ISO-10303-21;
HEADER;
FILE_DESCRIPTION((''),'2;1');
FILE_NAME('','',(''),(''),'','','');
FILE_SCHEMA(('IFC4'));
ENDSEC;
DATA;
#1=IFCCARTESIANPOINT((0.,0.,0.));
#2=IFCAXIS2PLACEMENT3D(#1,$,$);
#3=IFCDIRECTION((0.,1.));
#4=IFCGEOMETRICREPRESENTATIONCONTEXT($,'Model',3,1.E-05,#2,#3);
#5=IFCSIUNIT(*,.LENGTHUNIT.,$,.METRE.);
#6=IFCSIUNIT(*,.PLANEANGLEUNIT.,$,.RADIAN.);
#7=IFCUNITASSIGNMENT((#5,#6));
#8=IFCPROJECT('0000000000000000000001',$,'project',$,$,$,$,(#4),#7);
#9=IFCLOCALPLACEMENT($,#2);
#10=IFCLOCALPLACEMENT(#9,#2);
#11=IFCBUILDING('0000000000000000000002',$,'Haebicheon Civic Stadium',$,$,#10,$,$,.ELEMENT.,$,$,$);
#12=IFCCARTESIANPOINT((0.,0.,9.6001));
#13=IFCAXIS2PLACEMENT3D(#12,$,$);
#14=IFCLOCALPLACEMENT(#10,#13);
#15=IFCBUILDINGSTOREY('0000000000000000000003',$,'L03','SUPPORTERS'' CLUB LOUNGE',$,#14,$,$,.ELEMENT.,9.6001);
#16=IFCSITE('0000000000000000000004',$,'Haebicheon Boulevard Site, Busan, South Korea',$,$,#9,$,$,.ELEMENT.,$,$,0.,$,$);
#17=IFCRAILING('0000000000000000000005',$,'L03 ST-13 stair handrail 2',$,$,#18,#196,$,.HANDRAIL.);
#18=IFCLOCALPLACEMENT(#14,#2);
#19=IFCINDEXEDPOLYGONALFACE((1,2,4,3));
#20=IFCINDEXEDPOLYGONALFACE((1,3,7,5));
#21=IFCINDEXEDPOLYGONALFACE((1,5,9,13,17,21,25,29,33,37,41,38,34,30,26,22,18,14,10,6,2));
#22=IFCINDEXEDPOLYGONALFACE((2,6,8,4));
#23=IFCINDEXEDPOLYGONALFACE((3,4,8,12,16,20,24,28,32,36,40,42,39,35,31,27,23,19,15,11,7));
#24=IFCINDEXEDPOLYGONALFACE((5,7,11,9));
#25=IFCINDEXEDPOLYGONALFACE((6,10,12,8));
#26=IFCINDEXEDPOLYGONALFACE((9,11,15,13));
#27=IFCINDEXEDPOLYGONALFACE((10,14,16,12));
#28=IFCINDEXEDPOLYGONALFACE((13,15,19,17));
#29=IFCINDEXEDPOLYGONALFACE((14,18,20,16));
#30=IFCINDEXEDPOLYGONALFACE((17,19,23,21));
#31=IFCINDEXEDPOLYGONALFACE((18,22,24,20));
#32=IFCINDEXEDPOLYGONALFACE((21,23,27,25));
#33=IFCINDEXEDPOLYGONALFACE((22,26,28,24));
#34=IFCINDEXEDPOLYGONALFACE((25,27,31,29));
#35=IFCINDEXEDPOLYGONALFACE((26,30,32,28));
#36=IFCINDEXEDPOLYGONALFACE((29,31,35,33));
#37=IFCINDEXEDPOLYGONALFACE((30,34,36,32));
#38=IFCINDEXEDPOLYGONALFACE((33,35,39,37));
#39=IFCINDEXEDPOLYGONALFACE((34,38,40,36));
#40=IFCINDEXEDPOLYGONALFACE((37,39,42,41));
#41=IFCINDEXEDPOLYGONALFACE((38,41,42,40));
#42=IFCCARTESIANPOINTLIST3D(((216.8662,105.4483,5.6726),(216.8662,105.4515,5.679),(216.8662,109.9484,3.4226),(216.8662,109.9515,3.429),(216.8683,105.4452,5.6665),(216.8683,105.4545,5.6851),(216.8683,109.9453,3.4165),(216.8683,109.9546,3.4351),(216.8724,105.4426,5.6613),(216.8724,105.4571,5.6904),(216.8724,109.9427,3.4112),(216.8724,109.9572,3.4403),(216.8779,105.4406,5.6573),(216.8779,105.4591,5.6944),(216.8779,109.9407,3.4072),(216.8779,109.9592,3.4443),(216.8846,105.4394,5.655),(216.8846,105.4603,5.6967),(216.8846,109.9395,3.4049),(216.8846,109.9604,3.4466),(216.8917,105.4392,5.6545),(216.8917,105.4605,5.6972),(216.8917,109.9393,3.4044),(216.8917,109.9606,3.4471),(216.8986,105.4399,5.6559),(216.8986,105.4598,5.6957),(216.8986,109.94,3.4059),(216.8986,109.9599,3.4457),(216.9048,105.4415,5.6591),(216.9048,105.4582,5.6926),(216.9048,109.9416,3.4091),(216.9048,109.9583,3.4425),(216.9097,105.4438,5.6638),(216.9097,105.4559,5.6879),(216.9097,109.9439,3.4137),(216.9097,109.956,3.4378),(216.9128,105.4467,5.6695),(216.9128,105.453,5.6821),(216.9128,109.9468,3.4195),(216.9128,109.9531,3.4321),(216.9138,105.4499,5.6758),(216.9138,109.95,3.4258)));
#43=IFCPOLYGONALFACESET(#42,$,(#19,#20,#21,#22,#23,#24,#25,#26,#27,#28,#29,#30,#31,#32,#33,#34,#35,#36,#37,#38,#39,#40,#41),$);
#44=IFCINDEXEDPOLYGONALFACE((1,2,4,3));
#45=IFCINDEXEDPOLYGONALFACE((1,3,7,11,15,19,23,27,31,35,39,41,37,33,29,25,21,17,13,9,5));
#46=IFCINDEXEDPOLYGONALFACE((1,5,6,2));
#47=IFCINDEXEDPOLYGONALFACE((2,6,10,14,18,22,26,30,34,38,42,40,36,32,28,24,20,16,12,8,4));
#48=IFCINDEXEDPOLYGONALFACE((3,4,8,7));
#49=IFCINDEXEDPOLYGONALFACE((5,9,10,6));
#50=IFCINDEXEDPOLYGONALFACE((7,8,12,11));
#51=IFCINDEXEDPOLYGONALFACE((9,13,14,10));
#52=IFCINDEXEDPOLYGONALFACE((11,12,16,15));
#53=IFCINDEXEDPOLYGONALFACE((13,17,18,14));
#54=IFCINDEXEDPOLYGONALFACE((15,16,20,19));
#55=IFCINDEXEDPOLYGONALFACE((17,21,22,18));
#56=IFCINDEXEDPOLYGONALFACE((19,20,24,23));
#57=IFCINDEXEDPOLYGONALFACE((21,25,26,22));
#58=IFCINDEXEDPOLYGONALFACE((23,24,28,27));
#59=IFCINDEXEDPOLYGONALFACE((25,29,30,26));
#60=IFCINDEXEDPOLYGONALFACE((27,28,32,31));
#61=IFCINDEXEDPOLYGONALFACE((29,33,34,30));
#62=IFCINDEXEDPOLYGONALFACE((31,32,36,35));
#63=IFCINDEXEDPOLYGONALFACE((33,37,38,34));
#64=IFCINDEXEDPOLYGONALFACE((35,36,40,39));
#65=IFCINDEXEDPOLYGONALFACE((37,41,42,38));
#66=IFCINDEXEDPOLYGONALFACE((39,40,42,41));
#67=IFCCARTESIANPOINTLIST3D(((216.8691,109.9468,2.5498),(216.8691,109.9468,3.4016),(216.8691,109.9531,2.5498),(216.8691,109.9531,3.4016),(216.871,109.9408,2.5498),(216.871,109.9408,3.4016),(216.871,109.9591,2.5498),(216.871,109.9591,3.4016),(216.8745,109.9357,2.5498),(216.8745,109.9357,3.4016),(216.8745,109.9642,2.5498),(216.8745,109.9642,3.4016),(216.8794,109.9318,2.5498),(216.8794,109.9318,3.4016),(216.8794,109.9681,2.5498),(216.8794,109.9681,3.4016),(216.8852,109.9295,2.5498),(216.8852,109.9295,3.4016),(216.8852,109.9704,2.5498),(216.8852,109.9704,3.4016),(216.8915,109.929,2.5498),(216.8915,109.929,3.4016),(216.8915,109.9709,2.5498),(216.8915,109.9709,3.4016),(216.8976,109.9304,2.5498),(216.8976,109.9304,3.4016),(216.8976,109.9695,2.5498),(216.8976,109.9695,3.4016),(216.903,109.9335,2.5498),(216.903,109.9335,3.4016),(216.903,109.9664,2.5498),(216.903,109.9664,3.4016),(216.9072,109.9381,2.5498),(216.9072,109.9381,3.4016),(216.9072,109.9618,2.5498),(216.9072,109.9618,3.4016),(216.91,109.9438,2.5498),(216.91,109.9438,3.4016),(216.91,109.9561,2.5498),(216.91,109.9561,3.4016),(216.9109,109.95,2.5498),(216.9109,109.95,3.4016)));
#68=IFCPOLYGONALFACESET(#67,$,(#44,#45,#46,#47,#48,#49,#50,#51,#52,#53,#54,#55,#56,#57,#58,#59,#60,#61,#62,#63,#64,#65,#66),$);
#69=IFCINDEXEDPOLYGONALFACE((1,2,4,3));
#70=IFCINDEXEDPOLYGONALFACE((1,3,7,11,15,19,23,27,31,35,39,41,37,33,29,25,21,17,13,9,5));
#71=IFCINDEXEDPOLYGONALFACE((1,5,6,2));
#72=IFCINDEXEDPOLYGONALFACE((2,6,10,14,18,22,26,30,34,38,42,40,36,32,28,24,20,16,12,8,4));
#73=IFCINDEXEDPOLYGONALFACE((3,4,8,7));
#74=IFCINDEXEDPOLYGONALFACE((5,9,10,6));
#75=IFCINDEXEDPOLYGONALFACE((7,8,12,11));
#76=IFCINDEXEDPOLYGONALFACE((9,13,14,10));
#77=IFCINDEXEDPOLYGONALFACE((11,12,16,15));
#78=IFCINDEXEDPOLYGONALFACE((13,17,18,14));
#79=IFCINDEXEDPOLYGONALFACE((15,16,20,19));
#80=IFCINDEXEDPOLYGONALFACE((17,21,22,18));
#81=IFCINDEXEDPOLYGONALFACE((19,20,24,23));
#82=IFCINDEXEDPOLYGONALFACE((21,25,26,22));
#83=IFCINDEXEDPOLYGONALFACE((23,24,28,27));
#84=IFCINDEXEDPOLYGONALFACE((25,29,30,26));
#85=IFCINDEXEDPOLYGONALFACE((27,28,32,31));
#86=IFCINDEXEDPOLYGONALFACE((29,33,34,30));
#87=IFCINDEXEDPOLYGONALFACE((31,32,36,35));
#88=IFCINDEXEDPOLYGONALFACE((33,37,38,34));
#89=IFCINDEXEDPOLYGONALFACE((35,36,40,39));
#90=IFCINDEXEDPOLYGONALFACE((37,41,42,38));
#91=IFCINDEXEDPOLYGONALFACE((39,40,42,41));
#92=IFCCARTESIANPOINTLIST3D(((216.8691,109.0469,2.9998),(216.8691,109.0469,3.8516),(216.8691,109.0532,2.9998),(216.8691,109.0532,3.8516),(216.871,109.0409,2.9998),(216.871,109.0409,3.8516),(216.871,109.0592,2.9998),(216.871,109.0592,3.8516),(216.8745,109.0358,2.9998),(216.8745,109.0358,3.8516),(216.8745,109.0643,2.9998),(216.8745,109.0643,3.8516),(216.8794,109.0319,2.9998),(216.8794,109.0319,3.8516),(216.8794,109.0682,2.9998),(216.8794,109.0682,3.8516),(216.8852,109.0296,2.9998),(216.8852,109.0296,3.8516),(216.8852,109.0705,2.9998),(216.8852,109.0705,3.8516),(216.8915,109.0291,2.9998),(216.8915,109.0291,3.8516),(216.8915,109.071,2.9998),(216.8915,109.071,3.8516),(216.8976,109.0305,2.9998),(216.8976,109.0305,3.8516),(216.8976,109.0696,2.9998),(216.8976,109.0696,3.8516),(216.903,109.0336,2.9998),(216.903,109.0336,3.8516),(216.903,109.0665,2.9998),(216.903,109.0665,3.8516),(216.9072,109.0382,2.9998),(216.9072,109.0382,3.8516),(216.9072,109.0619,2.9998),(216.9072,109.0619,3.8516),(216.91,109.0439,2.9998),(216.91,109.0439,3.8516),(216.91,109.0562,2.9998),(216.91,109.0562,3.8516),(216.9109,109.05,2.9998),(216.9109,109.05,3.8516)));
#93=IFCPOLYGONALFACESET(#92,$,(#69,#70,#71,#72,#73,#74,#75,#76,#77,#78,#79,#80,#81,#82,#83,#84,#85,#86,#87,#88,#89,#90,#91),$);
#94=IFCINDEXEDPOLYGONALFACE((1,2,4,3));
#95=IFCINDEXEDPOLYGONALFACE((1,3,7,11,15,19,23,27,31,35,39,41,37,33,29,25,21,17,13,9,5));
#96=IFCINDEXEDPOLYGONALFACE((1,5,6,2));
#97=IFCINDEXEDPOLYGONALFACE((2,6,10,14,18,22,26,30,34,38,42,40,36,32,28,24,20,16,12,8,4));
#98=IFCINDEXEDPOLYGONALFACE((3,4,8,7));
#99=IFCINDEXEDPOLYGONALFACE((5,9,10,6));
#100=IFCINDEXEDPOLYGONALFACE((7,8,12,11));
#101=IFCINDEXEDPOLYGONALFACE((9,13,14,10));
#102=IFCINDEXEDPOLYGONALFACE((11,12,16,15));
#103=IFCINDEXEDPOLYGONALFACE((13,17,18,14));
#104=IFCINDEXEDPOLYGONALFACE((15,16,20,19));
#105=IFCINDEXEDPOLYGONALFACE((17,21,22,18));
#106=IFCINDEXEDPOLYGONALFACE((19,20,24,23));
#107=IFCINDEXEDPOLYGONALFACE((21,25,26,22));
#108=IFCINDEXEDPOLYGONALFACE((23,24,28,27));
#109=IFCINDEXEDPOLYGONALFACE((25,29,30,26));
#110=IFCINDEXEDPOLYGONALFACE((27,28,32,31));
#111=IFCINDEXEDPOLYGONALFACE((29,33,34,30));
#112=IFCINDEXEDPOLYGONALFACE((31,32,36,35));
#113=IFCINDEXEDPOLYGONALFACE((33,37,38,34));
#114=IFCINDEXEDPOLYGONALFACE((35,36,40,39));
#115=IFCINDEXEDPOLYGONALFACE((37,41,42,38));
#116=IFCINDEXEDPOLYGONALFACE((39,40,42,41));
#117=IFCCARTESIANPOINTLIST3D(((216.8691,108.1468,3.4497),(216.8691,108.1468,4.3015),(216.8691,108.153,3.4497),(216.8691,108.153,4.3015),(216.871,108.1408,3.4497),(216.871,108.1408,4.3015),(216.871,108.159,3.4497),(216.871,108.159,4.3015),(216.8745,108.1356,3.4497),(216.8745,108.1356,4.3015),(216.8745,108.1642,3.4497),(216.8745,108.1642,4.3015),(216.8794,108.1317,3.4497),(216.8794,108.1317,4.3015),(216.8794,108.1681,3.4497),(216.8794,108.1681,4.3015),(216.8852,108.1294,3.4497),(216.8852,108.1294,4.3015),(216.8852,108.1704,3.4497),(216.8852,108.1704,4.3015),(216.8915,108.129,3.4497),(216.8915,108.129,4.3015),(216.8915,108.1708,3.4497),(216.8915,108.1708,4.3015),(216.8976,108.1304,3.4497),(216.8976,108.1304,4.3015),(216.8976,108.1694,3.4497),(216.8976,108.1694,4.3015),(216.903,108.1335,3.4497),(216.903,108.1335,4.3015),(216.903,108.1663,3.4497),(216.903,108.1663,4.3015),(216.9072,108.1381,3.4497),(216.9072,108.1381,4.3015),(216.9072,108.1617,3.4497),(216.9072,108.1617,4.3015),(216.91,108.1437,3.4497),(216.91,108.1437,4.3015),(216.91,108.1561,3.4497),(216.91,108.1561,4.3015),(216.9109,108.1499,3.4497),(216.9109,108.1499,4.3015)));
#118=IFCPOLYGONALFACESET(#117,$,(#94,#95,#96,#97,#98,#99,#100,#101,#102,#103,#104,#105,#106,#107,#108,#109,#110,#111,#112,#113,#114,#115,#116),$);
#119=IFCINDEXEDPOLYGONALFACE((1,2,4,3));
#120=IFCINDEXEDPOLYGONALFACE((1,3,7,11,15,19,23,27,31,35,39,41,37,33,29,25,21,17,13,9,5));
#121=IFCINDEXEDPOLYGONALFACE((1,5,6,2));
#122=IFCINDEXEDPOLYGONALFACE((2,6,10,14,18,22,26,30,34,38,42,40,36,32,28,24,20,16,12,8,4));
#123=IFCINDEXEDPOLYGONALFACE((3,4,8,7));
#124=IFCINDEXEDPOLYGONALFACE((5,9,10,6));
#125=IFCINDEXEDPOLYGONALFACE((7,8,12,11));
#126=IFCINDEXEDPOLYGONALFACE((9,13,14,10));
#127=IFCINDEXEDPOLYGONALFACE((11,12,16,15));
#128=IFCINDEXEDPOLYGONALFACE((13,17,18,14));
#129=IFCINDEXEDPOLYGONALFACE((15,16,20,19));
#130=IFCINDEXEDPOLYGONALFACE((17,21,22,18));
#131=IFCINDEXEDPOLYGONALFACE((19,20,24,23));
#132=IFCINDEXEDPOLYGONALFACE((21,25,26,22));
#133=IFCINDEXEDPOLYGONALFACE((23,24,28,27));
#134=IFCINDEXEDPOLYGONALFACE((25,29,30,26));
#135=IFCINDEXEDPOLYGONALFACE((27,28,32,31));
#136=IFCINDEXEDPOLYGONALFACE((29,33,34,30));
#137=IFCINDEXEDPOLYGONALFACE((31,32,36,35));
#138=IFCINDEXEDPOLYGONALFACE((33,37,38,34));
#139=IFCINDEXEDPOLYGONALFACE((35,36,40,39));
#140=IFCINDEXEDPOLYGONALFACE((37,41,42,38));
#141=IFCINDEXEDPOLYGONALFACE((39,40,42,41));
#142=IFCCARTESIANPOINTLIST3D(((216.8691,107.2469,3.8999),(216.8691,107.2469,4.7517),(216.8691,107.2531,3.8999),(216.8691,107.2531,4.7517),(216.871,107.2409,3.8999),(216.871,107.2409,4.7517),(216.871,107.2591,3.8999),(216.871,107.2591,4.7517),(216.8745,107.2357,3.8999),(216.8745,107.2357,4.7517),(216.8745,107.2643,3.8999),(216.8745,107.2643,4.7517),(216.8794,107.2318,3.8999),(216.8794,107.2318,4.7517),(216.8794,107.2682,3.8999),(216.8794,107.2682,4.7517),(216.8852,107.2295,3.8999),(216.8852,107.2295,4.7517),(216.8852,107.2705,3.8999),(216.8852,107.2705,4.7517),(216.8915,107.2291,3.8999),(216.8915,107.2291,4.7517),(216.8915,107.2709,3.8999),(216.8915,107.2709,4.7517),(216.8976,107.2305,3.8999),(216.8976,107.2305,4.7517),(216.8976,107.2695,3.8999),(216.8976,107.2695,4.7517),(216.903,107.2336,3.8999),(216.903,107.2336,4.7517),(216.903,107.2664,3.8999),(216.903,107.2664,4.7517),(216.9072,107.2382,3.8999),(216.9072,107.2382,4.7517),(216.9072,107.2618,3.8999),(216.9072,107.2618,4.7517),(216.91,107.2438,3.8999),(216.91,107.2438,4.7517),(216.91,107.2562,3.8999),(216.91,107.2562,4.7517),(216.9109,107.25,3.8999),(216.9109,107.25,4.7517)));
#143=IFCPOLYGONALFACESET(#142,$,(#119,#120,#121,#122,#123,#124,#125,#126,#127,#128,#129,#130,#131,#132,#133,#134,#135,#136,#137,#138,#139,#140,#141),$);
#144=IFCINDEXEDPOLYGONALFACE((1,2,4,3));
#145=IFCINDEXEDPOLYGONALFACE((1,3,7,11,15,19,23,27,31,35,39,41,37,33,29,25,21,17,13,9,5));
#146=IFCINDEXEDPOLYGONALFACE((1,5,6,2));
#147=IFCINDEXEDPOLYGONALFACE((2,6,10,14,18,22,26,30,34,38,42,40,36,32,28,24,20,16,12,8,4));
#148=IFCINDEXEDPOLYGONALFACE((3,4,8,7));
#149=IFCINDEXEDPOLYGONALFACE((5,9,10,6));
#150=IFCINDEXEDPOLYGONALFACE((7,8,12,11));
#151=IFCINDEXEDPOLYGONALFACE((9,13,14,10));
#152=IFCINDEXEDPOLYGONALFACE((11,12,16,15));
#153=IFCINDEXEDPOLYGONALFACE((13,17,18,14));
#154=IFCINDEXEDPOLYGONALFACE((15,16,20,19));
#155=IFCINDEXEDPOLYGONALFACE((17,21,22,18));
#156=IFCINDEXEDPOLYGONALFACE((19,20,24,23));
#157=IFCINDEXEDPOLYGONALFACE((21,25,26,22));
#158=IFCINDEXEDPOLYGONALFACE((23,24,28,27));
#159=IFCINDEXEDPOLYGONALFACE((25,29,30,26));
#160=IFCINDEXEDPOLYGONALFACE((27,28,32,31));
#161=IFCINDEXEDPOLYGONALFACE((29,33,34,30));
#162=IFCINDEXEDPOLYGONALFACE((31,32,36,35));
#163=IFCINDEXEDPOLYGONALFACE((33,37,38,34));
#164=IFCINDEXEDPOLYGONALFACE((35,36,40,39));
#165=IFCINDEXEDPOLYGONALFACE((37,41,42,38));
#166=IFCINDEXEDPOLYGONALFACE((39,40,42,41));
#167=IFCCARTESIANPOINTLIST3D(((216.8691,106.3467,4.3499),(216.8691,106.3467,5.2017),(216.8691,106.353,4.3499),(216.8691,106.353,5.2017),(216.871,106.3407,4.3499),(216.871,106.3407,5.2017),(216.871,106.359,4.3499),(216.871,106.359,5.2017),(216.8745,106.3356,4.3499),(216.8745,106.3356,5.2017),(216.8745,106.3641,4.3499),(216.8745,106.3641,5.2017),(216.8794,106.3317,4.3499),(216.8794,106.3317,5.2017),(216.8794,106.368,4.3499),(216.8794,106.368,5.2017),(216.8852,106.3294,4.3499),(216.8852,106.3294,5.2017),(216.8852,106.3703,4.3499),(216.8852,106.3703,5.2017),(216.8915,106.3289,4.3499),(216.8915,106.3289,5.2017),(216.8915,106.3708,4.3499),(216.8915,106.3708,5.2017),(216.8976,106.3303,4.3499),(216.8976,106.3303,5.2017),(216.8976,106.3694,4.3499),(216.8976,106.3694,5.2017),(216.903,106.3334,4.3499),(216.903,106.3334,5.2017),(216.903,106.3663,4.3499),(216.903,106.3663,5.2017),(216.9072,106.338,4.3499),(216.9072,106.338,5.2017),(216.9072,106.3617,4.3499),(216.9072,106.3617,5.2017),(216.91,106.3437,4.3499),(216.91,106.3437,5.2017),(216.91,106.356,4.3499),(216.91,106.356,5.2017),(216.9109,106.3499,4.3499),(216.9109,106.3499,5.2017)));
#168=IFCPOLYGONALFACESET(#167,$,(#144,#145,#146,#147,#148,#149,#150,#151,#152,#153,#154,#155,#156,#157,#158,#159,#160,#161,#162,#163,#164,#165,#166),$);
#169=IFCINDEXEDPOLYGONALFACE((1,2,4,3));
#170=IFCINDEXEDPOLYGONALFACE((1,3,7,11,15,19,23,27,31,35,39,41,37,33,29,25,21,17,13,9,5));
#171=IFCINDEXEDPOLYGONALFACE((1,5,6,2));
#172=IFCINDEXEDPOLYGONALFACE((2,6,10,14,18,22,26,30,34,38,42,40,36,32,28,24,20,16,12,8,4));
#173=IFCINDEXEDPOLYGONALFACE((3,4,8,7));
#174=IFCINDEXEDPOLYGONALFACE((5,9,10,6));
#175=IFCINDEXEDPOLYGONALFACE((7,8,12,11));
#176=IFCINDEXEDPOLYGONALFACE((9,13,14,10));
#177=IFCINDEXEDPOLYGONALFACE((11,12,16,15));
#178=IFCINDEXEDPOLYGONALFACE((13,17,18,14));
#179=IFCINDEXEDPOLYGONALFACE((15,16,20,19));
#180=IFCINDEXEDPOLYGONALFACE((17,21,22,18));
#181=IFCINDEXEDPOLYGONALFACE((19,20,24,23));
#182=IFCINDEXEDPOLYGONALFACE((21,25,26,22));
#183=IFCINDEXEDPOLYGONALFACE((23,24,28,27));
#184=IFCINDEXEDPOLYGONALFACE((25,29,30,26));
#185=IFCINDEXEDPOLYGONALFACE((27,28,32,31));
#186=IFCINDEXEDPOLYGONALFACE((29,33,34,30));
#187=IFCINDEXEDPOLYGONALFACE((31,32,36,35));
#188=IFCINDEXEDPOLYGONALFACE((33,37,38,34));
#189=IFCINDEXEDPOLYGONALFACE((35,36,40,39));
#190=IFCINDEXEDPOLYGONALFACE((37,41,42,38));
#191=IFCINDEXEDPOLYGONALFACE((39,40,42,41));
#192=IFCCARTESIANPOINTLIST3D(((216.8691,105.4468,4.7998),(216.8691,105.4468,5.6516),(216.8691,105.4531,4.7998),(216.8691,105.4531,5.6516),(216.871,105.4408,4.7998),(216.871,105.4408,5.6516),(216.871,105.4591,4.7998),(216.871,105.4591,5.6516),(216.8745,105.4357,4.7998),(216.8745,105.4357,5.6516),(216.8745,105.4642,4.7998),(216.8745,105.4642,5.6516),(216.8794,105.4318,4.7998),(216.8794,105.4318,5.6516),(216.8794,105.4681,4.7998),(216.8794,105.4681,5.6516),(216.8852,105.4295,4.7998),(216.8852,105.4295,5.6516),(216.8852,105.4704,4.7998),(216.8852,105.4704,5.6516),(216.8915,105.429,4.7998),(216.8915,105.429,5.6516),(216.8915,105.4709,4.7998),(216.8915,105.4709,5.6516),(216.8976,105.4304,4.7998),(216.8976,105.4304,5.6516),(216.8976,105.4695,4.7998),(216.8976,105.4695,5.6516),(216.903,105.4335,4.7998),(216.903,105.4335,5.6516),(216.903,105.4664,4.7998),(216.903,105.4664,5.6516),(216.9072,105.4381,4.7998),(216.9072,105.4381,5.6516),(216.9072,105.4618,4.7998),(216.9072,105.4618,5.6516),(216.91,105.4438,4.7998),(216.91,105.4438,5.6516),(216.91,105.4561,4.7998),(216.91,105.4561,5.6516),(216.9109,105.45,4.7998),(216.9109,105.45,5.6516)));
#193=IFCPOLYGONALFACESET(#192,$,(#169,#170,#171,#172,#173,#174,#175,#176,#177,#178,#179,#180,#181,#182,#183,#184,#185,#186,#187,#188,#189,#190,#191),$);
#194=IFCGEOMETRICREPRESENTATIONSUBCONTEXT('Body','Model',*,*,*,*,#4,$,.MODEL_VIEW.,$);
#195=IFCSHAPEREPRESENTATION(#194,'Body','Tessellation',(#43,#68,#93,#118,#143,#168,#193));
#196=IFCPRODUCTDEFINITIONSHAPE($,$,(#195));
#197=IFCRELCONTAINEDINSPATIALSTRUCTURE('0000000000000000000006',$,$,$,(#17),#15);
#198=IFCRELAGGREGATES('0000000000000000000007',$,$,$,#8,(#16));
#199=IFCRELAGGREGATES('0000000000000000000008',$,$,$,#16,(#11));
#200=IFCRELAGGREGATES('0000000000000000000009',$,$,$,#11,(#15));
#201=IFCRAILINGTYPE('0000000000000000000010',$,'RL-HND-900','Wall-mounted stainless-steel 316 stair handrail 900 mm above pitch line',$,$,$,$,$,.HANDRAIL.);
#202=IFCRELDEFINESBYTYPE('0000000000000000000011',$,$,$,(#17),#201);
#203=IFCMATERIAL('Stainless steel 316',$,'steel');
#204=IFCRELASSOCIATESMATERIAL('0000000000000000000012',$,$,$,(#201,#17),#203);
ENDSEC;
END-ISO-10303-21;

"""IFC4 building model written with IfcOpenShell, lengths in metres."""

from ifc_helpers import new_model, si_unit, direction, frame, origin, origin_2d, place, context, subcontext, project, spatial, circle, extrude, material, type_object, element, save


model = new_model("IFC4")

# Units and contexts
model_context = context("Model", 3, precision=1e-05, world=origin(), true_north=direction((0.0, 1.0)))
body_context = subcontext(model_context, "Body", "Model", "MODEL_VIEW")
ifc_project = project(units=[si_unit("LENGTHUNIT", "METRE"), si_unit("PLANEANGLEUNIT", "RADIAN")], contexts=[model_context])

# Site, building, storey
site_placement = place(None, origin())
site = spatial("IfcSite", under=ifc_project, at=site_placement, Name="Haebicheon Boulevard Site, Busan, South Korea", CompositionType="ELEMENT", RefElevation=0.0)
building_placement = place(site_placement, origin())
building = spatial("IfcBuilding", under=site, at=building_placement, Name="Haebicheon Civic Stadium", CompositionType="ELEMENT")
storey_placement = place(building_placement, frame((0.0, 0.0, 9.6001)))
storey = spatial("IfcBuildingStorey", under=building, at=storey_placement, Name="L03", Description="SUPPORTERS' CLUB LOUNGE", CompositionType="ELEMENT", Elevation=9.6001)

# Railing
ifc_material_1 = material(Name="Stainless steel 316", Category="steel")
railing_type_1 = type_object("IfcRailingType", Name="RL-HND-900", Description="Wall-mounted stainless-steel 316 stair handrail 900 mm above pitch line", PredefinedType="HANDRAIL", material=ifc_material_1)
railing_1_placement = place(storey_placement, frame((216.8899, 109.95, 2.5498)))
element("IfcRailing", 1, at=railing_1_placement, inside=storey, type_object=railing_type_1, material=ifc_material_1, Name="L03 ST-13 stair handrail 2", PredefinedType="HANDRAIL", context=body_context, shape_type="SweptSolid", body=[
    extrude(circle(Radius=0.0239, at=origin_2d()), frame((0.0, 0.0, 0.876), z_axis=(0.0, -0.894427, 0.447214), x_axis=(1.0, 0.0, 0.0)), (0.0, 0.0, 1.0), 5.0312),
    extrude(circle(Radius=0.021, at=origin_2d()), origin(), (0.0, 0.0, 1.0), 0.8518),
    extrude(circle(Radius=0.021, at=origin_2d()), frame((0.0, -0.8999, 0.45)), (0.0, 0.0, 1.0), 0.8518),
    extrude(circle(Radius=0.021, at=origin_2d()), frame((0.0, -1.8, 0.8999)), (0.0, 0.0, 1.0), 0.8518),
    extrude(circle(Radius=0.021, at=origin_2d()), frame((0.0, -2.7, 1.3501)), (0.0, 0.0, 1.0), 0.8518),
    extrude(circle(Radius=0.021, at=origin_2d()), frame((0.0, -3.6001, 1.8)), (0.0, 0.0, 1.0), 0.8518),
    extrude(circle(Radius=0.021, at=origin_2d()), frame((0.0, -4.5, 2.25)), (0.0, 0.0, 1.0), 0.8518),
])

save(model, "model.ifc")
